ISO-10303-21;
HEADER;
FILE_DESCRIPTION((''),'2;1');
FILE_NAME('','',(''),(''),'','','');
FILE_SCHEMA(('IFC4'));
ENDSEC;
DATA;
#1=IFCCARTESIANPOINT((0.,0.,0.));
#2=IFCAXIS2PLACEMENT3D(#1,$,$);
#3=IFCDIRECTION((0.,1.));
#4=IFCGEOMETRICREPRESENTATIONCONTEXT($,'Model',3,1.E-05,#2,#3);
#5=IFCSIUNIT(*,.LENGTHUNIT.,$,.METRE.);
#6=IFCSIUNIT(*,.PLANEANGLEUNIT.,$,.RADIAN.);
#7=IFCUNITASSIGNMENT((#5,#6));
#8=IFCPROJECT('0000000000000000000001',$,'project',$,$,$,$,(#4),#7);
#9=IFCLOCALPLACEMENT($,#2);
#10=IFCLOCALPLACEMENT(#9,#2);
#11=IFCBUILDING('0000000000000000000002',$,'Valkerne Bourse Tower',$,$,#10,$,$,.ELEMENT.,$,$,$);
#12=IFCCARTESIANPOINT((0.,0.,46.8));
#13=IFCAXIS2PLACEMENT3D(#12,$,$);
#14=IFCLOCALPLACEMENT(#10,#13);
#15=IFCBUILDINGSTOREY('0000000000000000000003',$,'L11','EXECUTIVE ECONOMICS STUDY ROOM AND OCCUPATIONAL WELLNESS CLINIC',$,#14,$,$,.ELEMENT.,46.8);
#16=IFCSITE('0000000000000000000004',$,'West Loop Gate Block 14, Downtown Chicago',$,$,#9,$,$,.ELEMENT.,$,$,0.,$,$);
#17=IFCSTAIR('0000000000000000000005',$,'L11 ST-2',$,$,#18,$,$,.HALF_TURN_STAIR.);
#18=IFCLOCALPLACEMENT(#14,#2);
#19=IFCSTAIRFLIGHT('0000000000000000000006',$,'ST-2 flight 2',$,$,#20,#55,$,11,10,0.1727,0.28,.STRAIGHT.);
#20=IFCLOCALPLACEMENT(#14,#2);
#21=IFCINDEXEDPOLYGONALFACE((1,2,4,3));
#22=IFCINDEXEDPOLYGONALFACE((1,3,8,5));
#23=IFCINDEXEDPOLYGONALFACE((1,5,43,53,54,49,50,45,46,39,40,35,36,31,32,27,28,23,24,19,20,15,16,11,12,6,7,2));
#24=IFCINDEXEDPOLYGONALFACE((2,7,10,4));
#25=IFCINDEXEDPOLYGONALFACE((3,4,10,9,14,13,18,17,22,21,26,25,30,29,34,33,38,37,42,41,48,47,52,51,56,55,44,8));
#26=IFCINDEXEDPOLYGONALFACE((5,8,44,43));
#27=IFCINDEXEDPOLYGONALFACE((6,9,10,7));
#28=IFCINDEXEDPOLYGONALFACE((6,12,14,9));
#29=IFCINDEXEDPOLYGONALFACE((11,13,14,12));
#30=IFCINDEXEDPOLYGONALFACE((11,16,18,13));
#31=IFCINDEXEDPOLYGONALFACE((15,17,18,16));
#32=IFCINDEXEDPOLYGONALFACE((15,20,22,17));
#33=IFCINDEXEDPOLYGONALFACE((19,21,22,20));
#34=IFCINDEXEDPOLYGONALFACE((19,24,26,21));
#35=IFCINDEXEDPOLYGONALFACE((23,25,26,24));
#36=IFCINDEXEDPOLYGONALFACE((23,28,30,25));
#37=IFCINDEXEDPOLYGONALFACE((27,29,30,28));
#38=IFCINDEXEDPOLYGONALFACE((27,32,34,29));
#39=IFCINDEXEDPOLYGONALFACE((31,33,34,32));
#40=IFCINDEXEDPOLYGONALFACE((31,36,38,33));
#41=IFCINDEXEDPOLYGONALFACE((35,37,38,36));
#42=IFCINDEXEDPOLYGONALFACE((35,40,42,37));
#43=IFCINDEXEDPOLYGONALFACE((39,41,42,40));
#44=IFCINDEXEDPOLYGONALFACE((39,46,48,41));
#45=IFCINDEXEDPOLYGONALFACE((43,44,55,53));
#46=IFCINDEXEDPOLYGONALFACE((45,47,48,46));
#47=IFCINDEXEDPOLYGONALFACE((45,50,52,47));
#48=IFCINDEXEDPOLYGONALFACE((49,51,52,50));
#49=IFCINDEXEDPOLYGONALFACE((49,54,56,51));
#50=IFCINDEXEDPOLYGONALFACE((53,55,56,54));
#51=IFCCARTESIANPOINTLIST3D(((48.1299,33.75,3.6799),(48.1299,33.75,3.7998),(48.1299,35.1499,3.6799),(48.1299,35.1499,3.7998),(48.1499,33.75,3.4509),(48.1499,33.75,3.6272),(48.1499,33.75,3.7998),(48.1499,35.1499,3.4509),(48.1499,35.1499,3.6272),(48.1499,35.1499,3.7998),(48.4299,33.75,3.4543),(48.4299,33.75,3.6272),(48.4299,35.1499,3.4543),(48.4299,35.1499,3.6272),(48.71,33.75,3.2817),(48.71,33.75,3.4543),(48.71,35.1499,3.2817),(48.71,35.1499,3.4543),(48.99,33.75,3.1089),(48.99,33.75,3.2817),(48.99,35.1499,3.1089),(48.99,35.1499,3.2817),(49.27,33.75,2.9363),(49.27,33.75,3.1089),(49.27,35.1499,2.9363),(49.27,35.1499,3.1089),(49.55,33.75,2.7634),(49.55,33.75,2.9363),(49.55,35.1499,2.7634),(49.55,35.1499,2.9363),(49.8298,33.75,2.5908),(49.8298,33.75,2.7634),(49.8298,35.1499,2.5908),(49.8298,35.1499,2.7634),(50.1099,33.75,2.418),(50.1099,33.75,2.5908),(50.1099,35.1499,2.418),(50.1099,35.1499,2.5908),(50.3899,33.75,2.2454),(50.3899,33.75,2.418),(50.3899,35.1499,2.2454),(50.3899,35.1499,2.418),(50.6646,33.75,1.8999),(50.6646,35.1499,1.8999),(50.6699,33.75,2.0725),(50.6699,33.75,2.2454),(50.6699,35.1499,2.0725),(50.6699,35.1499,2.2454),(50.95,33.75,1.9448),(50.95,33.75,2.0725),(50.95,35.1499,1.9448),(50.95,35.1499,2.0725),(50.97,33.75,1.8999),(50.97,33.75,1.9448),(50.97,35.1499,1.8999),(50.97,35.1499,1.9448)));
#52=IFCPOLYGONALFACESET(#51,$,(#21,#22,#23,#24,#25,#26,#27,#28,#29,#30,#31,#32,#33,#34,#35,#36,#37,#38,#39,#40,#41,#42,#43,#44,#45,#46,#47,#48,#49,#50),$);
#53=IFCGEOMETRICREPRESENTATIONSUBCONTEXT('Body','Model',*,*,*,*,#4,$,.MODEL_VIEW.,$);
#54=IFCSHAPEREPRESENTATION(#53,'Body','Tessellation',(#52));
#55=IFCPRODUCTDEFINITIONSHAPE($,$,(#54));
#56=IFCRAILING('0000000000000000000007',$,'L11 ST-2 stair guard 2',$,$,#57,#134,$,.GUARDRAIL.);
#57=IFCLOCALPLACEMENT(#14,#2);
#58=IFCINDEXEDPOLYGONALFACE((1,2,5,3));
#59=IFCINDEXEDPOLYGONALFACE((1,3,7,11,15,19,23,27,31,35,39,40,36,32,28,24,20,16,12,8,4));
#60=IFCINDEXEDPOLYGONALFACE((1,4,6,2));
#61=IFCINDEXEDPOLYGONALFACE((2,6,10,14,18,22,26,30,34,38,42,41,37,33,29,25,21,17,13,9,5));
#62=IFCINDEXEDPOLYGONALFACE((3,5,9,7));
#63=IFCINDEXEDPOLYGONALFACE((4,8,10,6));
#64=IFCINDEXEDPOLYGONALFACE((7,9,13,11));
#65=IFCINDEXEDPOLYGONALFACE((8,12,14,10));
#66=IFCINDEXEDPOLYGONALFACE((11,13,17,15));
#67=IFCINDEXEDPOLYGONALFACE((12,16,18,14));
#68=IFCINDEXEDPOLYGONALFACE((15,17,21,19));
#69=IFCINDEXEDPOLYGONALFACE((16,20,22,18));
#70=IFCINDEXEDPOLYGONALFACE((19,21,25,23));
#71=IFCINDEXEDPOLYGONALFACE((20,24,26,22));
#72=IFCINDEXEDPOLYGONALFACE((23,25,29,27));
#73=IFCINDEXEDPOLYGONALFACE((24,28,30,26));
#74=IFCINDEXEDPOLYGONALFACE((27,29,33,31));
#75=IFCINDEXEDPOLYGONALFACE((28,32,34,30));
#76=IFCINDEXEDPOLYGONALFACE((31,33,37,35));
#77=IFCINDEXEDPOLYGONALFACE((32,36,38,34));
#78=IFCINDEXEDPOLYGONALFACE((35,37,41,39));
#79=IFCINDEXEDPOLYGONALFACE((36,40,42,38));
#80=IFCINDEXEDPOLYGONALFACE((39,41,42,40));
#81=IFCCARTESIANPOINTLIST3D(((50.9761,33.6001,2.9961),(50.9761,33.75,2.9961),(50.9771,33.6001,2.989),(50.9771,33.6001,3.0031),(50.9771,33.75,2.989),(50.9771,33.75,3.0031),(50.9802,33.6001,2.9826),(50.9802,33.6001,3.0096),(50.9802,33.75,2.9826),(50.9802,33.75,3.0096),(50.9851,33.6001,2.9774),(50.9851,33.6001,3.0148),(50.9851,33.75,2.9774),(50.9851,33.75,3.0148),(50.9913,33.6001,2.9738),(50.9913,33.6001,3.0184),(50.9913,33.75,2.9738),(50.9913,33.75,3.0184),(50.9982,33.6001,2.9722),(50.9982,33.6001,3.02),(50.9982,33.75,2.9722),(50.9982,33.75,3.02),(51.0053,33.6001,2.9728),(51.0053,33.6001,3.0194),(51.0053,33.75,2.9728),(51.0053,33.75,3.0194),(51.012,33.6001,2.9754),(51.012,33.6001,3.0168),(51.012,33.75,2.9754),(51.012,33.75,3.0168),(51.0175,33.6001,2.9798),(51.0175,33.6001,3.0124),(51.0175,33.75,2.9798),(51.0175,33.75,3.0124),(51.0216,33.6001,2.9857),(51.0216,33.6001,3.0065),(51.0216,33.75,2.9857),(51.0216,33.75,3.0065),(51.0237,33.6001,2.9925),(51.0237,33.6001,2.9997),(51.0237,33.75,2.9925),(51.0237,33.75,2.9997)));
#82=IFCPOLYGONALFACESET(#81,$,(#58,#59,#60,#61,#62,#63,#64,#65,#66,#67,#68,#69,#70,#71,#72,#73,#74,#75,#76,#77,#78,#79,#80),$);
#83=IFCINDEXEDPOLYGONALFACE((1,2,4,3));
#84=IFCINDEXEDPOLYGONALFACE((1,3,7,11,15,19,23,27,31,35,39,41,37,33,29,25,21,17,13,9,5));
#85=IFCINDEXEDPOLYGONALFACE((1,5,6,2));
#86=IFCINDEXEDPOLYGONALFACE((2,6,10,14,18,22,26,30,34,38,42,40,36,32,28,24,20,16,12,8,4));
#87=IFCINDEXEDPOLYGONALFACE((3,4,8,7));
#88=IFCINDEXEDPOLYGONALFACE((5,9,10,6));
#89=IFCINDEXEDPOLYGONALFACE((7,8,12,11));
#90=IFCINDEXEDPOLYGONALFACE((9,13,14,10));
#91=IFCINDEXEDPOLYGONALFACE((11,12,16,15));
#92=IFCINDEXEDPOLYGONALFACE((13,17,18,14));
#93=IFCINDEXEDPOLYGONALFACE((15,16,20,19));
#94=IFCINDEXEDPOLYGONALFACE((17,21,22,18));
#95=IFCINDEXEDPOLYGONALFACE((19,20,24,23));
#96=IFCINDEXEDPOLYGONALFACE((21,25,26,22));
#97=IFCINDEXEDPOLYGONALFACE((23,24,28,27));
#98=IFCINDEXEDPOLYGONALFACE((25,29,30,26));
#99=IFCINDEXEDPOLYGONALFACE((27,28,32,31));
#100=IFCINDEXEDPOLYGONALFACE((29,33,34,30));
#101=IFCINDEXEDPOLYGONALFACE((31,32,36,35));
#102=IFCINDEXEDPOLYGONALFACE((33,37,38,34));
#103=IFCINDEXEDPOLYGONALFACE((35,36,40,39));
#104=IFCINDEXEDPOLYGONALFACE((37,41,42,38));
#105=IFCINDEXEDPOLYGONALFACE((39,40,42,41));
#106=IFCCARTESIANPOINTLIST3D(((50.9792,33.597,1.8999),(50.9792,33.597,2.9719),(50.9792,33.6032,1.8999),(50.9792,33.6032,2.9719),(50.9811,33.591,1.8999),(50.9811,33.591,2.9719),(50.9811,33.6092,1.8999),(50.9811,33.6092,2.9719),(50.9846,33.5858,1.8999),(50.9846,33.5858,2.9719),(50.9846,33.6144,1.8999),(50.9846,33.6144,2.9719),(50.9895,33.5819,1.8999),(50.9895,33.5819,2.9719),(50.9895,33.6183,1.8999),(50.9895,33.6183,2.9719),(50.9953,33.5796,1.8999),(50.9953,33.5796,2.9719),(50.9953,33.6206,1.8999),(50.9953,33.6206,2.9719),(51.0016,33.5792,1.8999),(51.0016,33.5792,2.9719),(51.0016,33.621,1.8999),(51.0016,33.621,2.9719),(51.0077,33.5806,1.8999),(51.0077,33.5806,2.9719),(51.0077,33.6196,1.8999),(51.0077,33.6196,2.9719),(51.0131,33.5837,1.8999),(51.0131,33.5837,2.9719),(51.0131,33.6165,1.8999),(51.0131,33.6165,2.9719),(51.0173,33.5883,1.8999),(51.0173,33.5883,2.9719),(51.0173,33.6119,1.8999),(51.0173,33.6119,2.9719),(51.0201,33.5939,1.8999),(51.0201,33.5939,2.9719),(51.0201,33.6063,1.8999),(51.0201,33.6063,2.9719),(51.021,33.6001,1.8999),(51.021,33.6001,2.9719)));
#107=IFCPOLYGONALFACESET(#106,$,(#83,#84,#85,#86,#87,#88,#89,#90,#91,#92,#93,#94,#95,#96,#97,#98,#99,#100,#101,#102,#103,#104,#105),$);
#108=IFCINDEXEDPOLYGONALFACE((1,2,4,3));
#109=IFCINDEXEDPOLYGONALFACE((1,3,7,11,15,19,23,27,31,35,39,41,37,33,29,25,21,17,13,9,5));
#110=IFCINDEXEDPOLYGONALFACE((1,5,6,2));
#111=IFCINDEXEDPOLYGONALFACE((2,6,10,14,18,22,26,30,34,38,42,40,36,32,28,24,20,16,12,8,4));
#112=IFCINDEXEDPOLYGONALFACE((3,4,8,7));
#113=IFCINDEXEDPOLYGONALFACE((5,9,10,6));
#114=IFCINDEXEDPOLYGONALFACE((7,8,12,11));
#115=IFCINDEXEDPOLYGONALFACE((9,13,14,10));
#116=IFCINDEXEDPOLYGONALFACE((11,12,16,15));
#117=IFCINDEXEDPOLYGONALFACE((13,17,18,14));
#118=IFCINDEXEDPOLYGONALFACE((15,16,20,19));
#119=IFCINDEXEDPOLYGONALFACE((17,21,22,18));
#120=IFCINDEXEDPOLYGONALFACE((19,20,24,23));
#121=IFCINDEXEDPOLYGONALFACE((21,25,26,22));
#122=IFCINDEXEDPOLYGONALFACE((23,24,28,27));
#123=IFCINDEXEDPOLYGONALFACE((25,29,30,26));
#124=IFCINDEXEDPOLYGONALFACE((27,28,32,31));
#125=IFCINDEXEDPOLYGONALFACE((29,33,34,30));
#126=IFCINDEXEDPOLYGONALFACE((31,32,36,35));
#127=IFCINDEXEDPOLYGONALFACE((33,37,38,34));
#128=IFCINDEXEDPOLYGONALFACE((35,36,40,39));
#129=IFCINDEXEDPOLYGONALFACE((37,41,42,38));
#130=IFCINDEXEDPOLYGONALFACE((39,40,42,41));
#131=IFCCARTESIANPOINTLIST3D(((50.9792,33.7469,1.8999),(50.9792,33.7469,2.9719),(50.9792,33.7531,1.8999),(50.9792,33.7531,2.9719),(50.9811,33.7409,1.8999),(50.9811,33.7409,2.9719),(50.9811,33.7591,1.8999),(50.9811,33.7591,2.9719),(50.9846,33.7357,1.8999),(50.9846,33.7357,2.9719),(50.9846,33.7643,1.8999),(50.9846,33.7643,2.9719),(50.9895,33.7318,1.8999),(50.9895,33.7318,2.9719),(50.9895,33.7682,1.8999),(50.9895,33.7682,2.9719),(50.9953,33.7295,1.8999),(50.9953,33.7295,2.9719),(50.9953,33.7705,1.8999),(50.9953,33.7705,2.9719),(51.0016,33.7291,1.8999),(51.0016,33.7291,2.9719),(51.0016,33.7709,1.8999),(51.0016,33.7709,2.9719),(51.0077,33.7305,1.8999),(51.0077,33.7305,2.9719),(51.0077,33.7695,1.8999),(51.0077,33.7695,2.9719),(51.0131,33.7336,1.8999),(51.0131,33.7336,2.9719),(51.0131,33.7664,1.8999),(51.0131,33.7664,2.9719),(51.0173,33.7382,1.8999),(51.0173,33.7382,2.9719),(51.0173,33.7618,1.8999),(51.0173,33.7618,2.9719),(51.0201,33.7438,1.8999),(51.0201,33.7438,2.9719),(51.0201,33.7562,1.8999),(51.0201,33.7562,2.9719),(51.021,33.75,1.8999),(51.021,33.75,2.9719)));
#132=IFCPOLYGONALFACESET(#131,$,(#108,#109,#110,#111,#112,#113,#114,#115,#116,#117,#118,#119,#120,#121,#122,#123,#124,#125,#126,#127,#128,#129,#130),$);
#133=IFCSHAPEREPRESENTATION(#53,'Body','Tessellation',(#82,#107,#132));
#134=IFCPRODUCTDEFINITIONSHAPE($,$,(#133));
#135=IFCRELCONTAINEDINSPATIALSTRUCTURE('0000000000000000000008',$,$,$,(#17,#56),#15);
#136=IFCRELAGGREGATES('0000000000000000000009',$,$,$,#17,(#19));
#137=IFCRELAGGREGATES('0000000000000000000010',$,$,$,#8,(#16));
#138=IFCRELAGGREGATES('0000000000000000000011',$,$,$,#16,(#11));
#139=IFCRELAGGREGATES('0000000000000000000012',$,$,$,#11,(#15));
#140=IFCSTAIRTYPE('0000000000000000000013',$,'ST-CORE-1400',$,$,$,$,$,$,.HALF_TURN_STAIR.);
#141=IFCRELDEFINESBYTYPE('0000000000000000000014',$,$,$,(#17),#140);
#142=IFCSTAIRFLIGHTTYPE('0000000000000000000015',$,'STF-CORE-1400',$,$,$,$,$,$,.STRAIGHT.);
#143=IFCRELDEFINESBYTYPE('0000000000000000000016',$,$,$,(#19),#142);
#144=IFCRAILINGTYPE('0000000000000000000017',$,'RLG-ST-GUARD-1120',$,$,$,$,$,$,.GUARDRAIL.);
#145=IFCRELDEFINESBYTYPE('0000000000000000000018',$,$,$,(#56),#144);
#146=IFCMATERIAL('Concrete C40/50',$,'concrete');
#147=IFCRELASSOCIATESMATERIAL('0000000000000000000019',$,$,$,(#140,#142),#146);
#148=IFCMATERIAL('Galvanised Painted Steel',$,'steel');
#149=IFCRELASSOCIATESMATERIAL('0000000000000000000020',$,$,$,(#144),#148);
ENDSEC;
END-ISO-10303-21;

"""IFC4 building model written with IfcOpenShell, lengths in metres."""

from ifc_helpers import new_model, si_unit, direction, frame, origin, origin_2d, place, context, subcontext, project, spatial, polyline, circle, outline, extrude, material, type_object, element, aggregate, save


model = new_model("IFC4")

# Units and contexts
model_context = context("Model", 3, precision=1e-05, world=origin(), true_north=direction((0.0, 1.0)))
body_context = subcontext(model_context, "Body", "Model", "MODEL_VIEW")
ifc_project = project(units=[si_unit("LENGTHUNIT", "METRE"), si_unit("PLANEANGLEUNIT", "RADIAN")], contexts=[model_context])

# Site, building, storey
site_placement = place(None, origin())
site = spatial("IfcSite", under=ifc_project, at=site_placement, Name="West Loop Gate Block 14, Downtown Chicago", CompositionType="ELEMENT", RefElevation=0.0)
building_placement = place(site_placement, origin())
building = spatial("IfcBuilding", under=site, at=building_placement, Name="Valkerne Bourse Tower", CompositionType="ELEMENT")
storey_placement = place(building_placement, frame((0.0, 0.0, 46.8)))
storey = spatial("IfcBuildingStorey", under=building, at=storey_placement, Name="L11", Description="EXECUTIVE ECONOMICS STUDY ROOM AND OCCUPATIONAL WELLNESS CLINIC", CompositionType="ELEMENT", Elevation=46.8)

# Shared definitions
ifc_material_1 = material(Name="Concrete C40/50", Category="concrete")

# Stair, stair flight
stair_type = type_object("IfcStairType", Name="ST-CORE-1400", PredefinedType="HALF_TURN_STAIR", material=ifc_material_1)
stair_placement = place(storey_placement, origin())
stair = element("IfcStair", 1, at=stair_placement, inside=storey, type_object=stair_type, Name="L11 ST-2", PredefinedType="HALF_TURN_STAIR")
stair_flight_type = type_object("IfcStairFlightType", Name="STF-CORE-1400", PredefinedType="STRAIGHT", material=ifc_material_1)
stair_flight_placement = place(storey_placement, frame((50.95, 34.45, 1.8999), z_axis=(0.0, 0.0, 1.0), x_axis=(-1.0, 0.0, 0.0)))
stair_flight = element("IfcStairFlight", 2, at=stair_flight_placement, type_object=stair_flight_type, Name="ST-2 flight 2", NumberOfRisers=11, NumberOfTreads=10, PredefinedType="STRAIGHT", RiserHeight=0.1727, TreadLength=0.28, context=body_context, shape_type="SweptSolid", body=[
    extrude(outline(polyline([(-0.02, 0.0), (-0.02, 0.0449), (0.0, 0.0449), (0.0, 0.1726), (0.28, 0.1726), (0.28, 0.3455), (0.5601, 0.3455), (0.5601, 0.5181), (0.8401, 0.5181), (0.8401, 0.6909), (1.1201, 0.6909), (1.1201, 0.8635), (1.3999, 0.8635), (1.3999, 1.0364), (1.6799, 1.0364), (1.6799, 1.209), (1.96, 1.209), (1.96, 1.3818), (2.24, 1.3818), (2.24, 1.5544), (2.52, 1.5544), (2.52, 1.7273), (2.8, 1.7273), (2.8, 1.8999), (2.8201, 1.8999), (2.8201, 1.78), (2.8, 1.551), (0.2854, 0.0), (-0.02, 0.0)])), frame((0.0, 0.7, 0.0), z_axis=(0.0, -1.0, 0.0), x_axis=(1.0, 0.0, 0.0)), (0.0, 0.0, 1.0), 1.3999),
])
aggregate(stair, [stair_flight])

# Railing
ifc_material_2 = material(Name="Galvanised Painted Steel", Category="steel")
railing_type_1 = type_object("IfcRailingType", Name="RLG-ST-GUARD-1120", PredefinedType="GUARDRAIL", material=ifc_material_2)
railing_1_placement = place(storey_placement, frame((51.0, 33.6001, 1.8999)))
element("IfcRailing", 3, at=railing_1_placement, inside=storey, type_object=railing_type_1, Name="L11 ST-2 stair guard 2", PredefinedType="GUARDRAIL", context=body_context, shape_type="SweptSolid", body=[
    extrude(circle(Radius=0.0239, at=origin_2d()), frame((0.0, 0.0, 1.0962), z_axis=(0.0, 1.0, 0.0), x_axis=(-1.0, 0.0, 0.0)), (0.0, 0.0, 1.0), 0.1499),
    extrude(circle(Radius=0.021, at=origin_2d()), origin(), (0.0, 0.0, 1.0), 1.072),
    extrude(circle(Radius=0.021, at=origin_2d()), frame((0.0, 0.1499, 0.0)), (0.0, 0.0, 1.0), 1.072),
])

save(model, "model.ifc")
